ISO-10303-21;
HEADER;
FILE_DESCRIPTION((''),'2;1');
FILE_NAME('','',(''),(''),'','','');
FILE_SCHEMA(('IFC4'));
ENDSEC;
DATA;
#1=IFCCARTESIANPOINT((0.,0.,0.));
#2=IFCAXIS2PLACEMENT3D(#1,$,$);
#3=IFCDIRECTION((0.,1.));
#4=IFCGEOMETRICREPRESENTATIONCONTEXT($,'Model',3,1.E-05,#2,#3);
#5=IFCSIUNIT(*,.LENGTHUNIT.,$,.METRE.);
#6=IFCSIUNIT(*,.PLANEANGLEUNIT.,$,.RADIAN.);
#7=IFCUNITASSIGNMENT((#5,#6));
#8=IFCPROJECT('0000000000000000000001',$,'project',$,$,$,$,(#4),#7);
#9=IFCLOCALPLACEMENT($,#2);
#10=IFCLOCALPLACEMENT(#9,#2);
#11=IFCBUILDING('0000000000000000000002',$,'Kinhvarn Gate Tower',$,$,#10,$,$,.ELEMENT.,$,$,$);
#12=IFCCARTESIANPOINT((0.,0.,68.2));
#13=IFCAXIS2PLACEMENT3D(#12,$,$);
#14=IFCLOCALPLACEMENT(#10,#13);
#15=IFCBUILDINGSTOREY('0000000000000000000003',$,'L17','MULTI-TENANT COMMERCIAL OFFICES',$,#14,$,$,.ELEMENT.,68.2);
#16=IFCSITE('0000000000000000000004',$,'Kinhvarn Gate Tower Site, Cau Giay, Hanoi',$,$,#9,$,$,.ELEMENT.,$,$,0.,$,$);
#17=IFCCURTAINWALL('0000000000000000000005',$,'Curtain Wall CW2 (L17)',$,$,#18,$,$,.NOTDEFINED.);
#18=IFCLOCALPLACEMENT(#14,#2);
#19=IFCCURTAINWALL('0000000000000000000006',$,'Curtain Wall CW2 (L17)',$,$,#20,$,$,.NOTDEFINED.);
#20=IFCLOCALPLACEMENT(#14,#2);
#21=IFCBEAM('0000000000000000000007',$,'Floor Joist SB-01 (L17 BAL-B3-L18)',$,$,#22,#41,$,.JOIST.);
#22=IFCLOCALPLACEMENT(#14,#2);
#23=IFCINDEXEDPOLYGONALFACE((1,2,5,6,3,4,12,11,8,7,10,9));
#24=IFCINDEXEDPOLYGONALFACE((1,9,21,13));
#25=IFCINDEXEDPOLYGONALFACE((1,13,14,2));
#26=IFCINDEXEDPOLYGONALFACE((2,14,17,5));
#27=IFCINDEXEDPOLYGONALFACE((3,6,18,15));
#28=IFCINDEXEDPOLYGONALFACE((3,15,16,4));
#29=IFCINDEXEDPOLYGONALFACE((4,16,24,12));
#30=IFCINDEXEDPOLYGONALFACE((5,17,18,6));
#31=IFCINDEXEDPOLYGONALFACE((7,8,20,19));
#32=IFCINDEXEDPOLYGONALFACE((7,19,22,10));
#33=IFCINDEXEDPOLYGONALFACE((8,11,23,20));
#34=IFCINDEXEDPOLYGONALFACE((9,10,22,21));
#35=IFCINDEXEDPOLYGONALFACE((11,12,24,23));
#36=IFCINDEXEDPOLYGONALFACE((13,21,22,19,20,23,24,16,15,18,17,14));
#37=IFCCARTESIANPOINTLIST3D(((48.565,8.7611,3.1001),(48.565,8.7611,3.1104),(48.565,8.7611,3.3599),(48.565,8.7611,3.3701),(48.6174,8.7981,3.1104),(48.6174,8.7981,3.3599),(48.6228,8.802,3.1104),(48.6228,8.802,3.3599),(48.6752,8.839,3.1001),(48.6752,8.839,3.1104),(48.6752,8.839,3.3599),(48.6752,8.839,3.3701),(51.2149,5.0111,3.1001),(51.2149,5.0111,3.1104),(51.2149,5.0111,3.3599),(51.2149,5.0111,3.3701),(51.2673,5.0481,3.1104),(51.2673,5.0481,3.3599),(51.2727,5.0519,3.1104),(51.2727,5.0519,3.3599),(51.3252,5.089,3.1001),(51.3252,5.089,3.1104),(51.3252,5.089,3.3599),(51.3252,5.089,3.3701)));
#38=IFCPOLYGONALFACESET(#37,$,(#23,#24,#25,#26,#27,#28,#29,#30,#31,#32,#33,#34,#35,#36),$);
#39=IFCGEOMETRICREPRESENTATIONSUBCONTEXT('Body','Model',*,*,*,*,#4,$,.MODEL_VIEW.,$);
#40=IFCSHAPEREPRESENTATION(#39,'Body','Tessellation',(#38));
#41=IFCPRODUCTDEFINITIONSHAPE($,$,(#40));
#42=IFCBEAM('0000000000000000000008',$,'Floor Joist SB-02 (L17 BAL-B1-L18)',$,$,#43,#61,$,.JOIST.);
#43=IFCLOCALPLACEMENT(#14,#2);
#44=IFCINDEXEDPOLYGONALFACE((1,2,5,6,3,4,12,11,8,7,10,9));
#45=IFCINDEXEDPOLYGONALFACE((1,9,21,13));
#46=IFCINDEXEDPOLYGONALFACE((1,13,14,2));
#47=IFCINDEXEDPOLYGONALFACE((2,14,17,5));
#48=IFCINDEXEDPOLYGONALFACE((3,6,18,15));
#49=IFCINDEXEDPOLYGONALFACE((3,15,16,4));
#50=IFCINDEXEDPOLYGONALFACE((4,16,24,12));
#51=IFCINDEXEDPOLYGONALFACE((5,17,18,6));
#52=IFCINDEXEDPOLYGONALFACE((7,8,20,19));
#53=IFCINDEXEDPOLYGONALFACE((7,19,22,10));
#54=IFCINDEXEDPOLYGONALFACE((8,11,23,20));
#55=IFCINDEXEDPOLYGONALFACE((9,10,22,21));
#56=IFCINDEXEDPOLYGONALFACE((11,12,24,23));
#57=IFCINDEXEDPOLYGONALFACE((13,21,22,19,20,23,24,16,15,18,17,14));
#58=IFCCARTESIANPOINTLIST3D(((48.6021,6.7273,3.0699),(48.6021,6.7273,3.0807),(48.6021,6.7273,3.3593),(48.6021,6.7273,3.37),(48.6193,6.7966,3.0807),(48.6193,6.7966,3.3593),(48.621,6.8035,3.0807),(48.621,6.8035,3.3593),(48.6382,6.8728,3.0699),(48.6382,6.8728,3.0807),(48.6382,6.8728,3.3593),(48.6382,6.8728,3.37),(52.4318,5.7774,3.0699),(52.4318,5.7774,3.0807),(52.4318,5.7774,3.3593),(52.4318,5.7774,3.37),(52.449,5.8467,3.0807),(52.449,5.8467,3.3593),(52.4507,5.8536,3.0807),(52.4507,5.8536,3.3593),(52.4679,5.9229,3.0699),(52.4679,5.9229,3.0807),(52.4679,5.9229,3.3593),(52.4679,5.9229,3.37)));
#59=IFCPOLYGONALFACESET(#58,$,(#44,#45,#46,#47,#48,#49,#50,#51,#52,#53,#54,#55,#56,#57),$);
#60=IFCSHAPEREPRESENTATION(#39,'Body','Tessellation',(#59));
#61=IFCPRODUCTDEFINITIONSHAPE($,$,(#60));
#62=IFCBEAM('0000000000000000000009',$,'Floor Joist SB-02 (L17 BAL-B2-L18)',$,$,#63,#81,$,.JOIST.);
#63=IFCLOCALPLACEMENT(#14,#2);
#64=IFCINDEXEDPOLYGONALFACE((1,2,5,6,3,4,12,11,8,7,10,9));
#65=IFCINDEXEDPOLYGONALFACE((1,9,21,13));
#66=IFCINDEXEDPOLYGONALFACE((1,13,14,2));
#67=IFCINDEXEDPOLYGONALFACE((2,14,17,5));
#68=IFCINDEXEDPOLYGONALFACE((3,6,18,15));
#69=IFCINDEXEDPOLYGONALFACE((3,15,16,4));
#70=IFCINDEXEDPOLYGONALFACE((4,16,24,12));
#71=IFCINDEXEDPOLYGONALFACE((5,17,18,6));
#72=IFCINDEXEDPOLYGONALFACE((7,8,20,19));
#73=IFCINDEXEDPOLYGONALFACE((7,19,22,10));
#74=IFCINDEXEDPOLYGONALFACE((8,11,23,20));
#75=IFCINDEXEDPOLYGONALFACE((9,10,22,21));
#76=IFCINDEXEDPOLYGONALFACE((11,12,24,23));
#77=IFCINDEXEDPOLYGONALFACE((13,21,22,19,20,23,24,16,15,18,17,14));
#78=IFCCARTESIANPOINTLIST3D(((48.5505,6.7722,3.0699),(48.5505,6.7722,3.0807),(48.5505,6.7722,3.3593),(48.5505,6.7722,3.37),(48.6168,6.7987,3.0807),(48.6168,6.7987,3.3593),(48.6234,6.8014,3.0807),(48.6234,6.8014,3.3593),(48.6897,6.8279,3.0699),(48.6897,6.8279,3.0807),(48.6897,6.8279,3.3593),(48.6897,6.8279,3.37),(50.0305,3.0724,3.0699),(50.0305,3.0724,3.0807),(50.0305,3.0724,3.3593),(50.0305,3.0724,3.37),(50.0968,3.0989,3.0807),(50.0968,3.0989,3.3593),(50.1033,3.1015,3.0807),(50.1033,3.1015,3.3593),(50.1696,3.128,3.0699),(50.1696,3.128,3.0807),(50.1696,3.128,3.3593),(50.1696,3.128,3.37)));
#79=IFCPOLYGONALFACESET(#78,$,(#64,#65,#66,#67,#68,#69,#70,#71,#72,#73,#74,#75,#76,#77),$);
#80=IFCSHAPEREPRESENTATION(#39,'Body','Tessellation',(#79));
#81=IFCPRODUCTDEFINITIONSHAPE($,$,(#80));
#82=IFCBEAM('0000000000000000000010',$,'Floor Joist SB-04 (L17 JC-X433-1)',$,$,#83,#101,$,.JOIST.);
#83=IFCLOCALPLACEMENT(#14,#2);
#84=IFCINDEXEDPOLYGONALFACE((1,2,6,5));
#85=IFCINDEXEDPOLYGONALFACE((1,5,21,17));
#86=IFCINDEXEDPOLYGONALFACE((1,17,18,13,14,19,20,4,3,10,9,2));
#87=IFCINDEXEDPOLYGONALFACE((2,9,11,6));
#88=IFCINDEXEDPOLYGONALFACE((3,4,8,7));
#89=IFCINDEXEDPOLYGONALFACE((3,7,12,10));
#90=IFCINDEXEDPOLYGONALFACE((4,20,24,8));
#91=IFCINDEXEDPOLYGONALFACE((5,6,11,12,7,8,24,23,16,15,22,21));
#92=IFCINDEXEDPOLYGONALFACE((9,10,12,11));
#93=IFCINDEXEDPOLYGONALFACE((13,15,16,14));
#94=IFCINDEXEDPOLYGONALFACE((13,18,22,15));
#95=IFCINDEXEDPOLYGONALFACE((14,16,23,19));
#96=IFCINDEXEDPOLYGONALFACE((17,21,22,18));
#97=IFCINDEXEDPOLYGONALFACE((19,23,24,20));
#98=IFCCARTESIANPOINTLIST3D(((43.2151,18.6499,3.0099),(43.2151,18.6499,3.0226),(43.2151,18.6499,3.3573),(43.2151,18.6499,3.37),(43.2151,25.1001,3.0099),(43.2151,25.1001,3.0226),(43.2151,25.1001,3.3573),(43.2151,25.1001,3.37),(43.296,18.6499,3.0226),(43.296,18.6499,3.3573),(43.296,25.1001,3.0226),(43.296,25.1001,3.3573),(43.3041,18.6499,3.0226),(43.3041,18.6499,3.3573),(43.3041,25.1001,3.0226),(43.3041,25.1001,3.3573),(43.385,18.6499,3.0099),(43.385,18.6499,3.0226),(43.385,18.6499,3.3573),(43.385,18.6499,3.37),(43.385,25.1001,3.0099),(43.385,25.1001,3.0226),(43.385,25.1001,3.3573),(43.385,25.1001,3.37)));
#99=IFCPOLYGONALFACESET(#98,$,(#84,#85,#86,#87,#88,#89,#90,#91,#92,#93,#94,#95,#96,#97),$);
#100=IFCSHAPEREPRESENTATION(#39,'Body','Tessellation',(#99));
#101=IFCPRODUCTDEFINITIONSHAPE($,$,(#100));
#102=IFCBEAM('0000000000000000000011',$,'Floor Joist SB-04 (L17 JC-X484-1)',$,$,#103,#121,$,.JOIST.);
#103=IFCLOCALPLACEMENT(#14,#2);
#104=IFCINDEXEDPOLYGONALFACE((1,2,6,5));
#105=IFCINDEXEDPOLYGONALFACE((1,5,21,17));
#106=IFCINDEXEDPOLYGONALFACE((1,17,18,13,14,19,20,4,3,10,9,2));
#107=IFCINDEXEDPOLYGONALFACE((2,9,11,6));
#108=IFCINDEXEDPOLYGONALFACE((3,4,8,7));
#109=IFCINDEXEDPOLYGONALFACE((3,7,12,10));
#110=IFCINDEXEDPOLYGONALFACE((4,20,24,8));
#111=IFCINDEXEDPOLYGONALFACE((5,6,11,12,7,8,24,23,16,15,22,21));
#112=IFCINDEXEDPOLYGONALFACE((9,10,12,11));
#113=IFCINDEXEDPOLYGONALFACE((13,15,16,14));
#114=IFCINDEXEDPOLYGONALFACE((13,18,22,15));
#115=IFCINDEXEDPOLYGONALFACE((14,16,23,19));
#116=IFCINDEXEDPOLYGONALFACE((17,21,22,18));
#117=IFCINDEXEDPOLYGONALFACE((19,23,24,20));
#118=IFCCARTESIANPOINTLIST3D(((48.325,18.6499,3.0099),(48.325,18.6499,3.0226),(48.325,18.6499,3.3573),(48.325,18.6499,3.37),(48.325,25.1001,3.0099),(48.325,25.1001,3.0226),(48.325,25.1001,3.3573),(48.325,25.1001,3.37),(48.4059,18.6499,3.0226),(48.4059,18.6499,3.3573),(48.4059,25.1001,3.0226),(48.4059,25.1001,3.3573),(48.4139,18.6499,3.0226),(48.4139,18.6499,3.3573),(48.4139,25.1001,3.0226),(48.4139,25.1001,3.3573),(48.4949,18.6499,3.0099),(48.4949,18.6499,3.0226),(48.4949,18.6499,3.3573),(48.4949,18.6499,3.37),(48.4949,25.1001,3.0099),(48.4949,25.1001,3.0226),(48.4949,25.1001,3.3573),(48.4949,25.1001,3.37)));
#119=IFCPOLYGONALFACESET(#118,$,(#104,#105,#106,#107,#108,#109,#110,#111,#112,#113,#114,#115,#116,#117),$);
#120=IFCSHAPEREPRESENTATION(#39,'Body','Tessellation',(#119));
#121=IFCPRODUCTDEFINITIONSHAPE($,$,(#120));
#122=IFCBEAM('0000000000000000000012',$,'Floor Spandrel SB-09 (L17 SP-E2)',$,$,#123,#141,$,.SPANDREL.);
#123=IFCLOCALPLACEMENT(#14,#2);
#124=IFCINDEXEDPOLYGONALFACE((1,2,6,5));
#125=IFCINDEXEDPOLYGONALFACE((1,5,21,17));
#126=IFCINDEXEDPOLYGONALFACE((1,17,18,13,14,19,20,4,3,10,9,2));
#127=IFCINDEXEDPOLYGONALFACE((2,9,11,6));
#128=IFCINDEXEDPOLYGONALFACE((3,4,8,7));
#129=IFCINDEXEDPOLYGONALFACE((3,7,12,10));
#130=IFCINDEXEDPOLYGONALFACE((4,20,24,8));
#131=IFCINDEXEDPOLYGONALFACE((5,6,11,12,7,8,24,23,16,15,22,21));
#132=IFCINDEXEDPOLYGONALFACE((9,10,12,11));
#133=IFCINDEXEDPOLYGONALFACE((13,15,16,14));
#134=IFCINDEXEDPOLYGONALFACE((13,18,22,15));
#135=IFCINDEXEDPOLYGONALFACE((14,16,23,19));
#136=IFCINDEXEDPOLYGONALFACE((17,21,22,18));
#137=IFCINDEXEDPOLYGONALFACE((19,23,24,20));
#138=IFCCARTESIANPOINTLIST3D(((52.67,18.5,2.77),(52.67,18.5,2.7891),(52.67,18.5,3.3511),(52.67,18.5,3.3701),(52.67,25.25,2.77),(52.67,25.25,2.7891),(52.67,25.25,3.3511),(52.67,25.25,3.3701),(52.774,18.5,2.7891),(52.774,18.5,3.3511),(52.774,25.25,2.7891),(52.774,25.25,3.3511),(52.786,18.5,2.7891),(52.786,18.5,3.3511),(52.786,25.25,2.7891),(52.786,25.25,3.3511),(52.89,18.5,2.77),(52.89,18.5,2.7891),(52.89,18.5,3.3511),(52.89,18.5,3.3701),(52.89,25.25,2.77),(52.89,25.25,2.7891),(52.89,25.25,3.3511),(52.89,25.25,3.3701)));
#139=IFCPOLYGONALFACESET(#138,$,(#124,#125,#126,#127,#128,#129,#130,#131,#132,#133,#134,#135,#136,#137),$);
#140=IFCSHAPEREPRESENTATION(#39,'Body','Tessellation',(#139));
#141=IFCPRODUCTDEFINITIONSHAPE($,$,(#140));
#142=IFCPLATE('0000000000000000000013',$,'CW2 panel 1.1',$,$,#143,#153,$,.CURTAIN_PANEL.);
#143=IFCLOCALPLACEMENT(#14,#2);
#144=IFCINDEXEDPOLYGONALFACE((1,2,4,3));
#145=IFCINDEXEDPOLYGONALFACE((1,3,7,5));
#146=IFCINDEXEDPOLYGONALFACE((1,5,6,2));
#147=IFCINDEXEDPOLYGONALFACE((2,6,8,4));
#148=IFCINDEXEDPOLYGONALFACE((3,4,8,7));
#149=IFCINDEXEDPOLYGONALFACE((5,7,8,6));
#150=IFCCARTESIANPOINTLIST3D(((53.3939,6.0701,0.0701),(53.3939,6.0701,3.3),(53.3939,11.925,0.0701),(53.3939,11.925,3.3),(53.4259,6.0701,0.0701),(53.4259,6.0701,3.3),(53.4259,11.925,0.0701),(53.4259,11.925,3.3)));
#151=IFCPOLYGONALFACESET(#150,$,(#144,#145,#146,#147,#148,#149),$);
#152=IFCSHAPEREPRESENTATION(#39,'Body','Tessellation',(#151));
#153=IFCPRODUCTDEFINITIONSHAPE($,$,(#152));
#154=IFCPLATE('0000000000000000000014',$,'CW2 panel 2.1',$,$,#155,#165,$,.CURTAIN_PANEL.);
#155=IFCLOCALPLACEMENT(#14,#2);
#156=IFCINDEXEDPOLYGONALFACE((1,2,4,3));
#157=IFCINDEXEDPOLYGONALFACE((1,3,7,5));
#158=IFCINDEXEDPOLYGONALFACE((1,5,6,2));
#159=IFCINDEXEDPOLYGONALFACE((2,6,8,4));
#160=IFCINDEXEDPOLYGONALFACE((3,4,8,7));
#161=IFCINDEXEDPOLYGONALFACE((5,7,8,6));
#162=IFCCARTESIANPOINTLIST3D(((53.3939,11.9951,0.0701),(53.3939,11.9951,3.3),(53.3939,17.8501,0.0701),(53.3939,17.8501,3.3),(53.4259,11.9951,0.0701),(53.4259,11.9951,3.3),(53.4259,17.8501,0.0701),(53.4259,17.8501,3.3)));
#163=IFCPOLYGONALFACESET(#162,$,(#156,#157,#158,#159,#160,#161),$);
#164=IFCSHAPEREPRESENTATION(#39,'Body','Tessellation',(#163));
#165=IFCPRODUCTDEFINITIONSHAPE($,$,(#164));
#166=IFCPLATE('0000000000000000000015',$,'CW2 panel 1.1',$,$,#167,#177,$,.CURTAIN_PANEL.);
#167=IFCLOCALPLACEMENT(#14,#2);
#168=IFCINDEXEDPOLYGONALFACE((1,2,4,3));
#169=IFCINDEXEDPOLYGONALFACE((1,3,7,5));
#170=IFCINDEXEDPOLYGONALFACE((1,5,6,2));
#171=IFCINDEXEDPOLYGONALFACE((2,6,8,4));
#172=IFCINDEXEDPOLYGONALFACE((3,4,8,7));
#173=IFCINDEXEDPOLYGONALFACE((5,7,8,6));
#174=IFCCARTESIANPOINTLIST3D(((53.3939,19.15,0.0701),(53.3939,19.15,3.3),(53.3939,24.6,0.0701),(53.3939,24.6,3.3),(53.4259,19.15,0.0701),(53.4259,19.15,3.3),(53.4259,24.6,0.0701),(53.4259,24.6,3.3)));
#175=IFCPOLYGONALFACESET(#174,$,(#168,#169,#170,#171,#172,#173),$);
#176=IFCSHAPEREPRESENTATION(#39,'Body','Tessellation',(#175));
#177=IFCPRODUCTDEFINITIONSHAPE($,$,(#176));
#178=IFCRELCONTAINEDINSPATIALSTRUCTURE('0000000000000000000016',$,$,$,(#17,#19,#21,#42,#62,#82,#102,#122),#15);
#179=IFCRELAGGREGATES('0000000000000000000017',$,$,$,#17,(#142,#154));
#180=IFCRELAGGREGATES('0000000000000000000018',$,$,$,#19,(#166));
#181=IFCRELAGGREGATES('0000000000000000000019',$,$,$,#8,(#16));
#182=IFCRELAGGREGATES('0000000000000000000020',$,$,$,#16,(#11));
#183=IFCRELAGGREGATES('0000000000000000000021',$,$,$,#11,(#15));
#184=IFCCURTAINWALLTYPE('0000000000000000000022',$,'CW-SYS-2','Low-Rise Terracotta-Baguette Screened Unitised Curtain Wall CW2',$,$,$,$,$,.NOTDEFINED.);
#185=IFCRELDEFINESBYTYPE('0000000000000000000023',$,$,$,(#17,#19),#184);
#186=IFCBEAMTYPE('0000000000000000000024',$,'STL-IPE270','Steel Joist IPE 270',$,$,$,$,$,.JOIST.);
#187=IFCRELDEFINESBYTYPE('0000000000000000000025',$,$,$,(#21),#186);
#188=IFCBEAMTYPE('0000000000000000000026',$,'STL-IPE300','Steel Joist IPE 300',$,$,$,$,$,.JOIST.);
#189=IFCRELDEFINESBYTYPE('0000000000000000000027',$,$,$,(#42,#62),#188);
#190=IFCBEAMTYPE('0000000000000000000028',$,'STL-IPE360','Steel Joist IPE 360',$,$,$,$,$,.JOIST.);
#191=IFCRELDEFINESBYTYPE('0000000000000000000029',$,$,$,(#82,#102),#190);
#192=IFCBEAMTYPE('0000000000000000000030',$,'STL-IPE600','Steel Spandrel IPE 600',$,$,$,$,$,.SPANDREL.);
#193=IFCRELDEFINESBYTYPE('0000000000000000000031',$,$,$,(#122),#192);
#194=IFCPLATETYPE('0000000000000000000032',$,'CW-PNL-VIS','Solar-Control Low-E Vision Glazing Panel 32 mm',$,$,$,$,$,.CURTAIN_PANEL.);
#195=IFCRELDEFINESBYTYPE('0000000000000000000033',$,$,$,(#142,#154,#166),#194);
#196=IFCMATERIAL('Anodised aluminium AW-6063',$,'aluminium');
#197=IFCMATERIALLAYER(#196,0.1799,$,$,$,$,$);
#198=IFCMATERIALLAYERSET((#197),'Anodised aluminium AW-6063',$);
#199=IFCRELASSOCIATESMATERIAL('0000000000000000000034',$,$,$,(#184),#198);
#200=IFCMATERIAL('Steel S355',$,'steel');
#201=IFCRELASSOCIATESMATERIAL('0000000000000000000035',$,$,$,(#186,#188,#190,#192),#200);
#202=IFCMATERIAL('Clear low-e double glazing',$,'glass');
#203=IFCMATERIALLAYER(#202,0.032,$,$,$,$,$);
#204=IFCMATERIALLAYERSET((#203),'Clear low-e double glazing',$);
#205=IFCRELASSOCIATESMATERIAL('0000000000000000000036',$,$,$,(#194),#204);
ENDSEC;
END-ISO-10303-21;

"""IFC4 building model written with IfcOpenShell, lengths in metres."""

from ifc_helpers import new_model, si_unit, direction, frame, origin, origin_2d, place, context, subcontext, project, spatial, rectangle, i_section, extrude, material, layer, layer_set, material_profile, profile_set, type_object, element, aggregate, save


model = new_model("IFC4")

# Units and contexts
model_context = context("Model", 3, precision=1e-05, world=origin(), true_north=direction((0.0, 1.0)))
body_context = subcontext(model_context, "Body", "Model", "MODEL_VIEW")
ifc_project = project(units=[si_unit("LENGTHUNIT", "METRE"), si_unit("PLANEANGLEUNIT", "RADIAN")], contexts=[model_context])

# Site, building, storey
site_placement = place(None, origin())
site = spatial("IfcSite", under=ifc_project, at=site_placement, Name="Kinhvarn Gate Tower Site, Cau Giay, Hanoi", CompositionType="ELEMENT", RefElevation=0.0)
building_placement = place(site_placement, origin())
building = spatial("IfcBuilding", under=site, at=building_placement, Name="Kinhvarn Gate Tower", CompositionType="ELEMENT")
storey_placement = place(building_placement, frame((0.0, 0.0, 68.2)))
storey = spatial("IfcBuildingStorey", under=building, at=storey_placement, Name="L17", Description="MULTI-TENANT COMMERCIAL OFFICES", CompositionType="ELEMENT", Elevation=68.2)

# Curtain wall
ifc_material_1 = material(Name="Anodised aluminium AW-6063", Category="aluminium")
ifc_layer_1 = layer(ifc_material_1, 0.1799)
ifc_layer_set_1 = layer_set([ifc_layer_1], Name="Anodised aluminium AW-6063")
curtain_wall_type = type_object("IfcCurtainWallType", Name="CW-SYS-2", Description="Low-Rise Terracotta-Baguette Screened Unitised Curtain Wall CW2", PredefinedType="NOTDEFINED", material=ifc_layer_set_1)
curtain_wall_1_placement = place(storey_placement, origin())
curtain_wall_1 = element("IfcCurtainWall", 1, at=curtain_wall_1_placement, inside=storey, type_object=curtain_wall_type, Name="Curtain Wall CW2 (L17)", PredefinedType="NOTDEFINED")

# Curtain wall
curtain_wall_2_placement = place(storey_placement, origin())
curtain_wall_2 = element("IfcCurtainWall", 2, at=curtain_wall_2_placement, inside=storey, type_object=curtain_wall_type, Name="Curtain Wall CW2 (L17)", PredefinedType="NOTDEFINED")

# Beams
ifc_material_2 = material(Name="Steel S355", Category="steel")
ifc_material_profile_1 = material_profile(ifc_material_2, i_section(OverallWidth=0.135, OverallDepth=0.27, WebThickness=0.0066, FlangeThickness=0.0103, at=origin_2d()), Name="IPE 270")
ifc_profile_set_1 = profile_set([ifc_material_profile_1], Name="Steel S355")
beam_type_1 = type_object("IfcBeamType", Name="STL-IPE270", Description="Steel Joist IPE 270", PredefinedType="JOIST", material=ifc_profile_set_1)
beam_1_placement = place(storey_placement, frame((48.6201, 8.8, 3.2351), z_axis=(0.577096, -0.816676, 0.0), x_axis=(0.816676, 0.577096, 0.0)))
element("IfcBeam", 3, at=beam_1_placement, inside=storey, type_object=beam_type_1, Name="Floor Joist SB-01 (L17 BAL-B3-L18)", PredefinedType="JOIST", context=body_context, shape_type="SweptSolid", body=[
    extrude(i_section(OverallWidth=0.135, OverallDepth=0.27, WebThickness=0.0066, FlangeThickness=0.0103, at=origin_2d()), origin(), (0.0, 0.0, 1.0), 4.5918),
])
ifc_material_profile_2 = material_profile(ifc_material_2, i_section(OverallWidth=0.1499, OverallDepth=0.3, WebThickness=0.0071, FlangeThickness=0.0107, at=origin_2d()), Name="IPE 300")
ifc_profile_set_2 = profile_set([ifc_material_profile_2], Name="Steel S355")
beam_type_2 = type_object("IfcBeamType", Name="STL-IPE300", Description="Steel Joist IPE 300", PredefinedType="JOIST", material=ifc_profile_set_2)
beam_2_placement = place(storey_placement, frame((48.6201, 6.8, 3.22), z_axis=(0.970589, -0.240745, 0.0), x_axis=(0.240745, 0.970589, 0.0)))
element("IfcBeam", 4, at=beam_2_placement, inside=storey, type_object=beam_type_2, Name="Floor Joist SB-02 (L17 BAL-B1-L18)", PredefinedType="JOIST", context=body_context, shape_type="SweptSolid", body=[
    extrude(i_section(OverallWidth=0.1499, OverallDepth=0.3, WebThickness=0.0071, FlangeThickness=0.0107, at=origin_2d()), origin(), (0.0, 0.0, 1.0), 3.9458),
])
beam_3_placement = place(storey_placement, frame((48.6201, 6.8, 3.22), z_axis=(0.371391, -0.928477, 0.0), x_axis=(0.928477, 0.371391, 0.0)))
element("IfcBeam", 5, at=beam_3_placement, inside=storey, type_object=beam_type_2, Name="Floor Joist SB-02 (L17 BAL-B2-L18)", PredefinedType="JOIST", context=body_context, shape_type="SweptSolid", body=[
    extrude(i_section(OverallWidth=0.1499, OverallDepth=0.3, WebThickness=0.0071, FlangeThickness=0.0107, at=origin_2d()), origin(), (0.0, 0.0, 1.0), 3.9849),
])
ifc_material_profile_3 = material_profile(ifc_material_2, i_section(OverallWidth=0.1699, OverallDepth=0.3601, WebThickness=0.0081, FlangeThickness=0.0127, at=origin_2d()), Name="IPE 360")
ifc_profile_set_3 = profile_set([ifc_material_profile_3], Name="Steel S355")
beam_type_3 = type_object("IfcBeamType", Name="STL-IPE360", Description="Steel Joist IPE 360", PredefinedType="JOIST", material=ifc_profile_set_3)
for number, where, z_axis, x_axis, name in (
    (6, (43.3, 18.6499, 3.1899), (0.0, 1.0, 0.0), (-1.0, 0.0, 0.0), "Floor Joist SB-04 (L17 JC-X433-1)"),
    (7, (48.4099, 18.6499, 3.1899), (0.0, 1.0, 0.0), (-1.0, 0.0, 0.0), "Floor Joist SB-04 (L17 JC-X484-1)"),
):
    element("IfcBeam", number, at=place(storey_placement, frame(where, z_axis=z_axis, x_axis=x_axis)), inside=storey, type_object=beam_type_3, Name=name, PredefinedType="JOIST", context=body_context, shape_type="SweptSolid", body=[
        extrude(i_section(OverallWidth=0.1699, OverallDepth=0.3601, WebThickness=0.0081, FlangeThickness=0.0127, at=origin_2d()), origin(), (0.0, 0.0, 1.0), 6.4502),
    ])
ifc_material_profile_4 = material_profile(ifc_material_2, i_section(OverallWidth=0.22, OverallDepth=0.6001, WebThickness=0.012, FlangeThickness=0.019, at=origin_2d()), Name="IPE 600")
ifc_profile_set_4 = profile_set([ifc_material_profile_4], Name="Steel S355")
beam_type_4 = type_object("IfcBeamType", Name="STL-IPE600", Description="Steel Spandrel IPE 600", PredefinedType="SPANDREL", material=ifc_profile_set_4)
beam_4_placement = place(storey_placement, frame((52.78, 18.5, 3.0701), z_axis=(0.0, 1.0, 0.0), x_axis=(-1.0, 0.0, 0.0)))
element("IfcBeam", 8, at=beam_4_placement, inside=storey, type_object=beam_type_4, Name="Floor Spandrel SB-09 (L17 SP-E2)", PredefinedType="SPANDREL", context=body_context, shape_type="SweptSolid", body=[
    extrude(i_section(OverallWidth=0.22, OverallDepth=0.6001, WebThickness=0.012, FlangeThickness=0.019, at=origin_2d()), origin(), (0.0, 0.0, 1.0), 6.75),
])

# Plates
ifc_material_3 = material(Name="Clear low-e double glazing", Category="glass")
ifc_layer_2 = layer(ifc_material_3, 0.032)
ifc_layer_set_2 = layer_set([ifc_layer_2], Name="Clear low-e double glazing")
plate_type = type_object("IfcPlateType", Name="CW-PNL-VIS", Description="Solar-Control Low-E Vision Glazing Panel 32 mm", PredefinedType="CURTAIN_PANEL", material=ifc_layer_set_2)
plate_1_placement = place(storey_placement, frame((53.4099, 8.9976, 0.0701), z_axis=(0.0, 0.0, 1.0), x_axis=(0.0, 1.0, 0.0)))
plate_1 = element("IfcPlate", 9, at=plate_1_placement, type_object=plate_type, Name="CW2 panel 1.1", PredefinedType="CURTAIN_PANEL", context=body_context, shape_type="SweptSolid", body=[
    extrude(rectangle(XDim=5.855, YDim=0.032, at=origin_2d()), origin(), (0.0, 0.0, 1.0), 3.23),
])
plate_2_placement = place(storey_placement, frame((53.4099, 14.9226, 0.0701), z_axis=(0.0, 0.0, 1.0), x_axis=(0.0, 1.0, 0.0)))
plate_2 = element("IfcPlate", 10, at=plate_2_placement, type_object=plate_type, Name="CW2 panel 2.1", PredefinedType="CURTAIN_PANEL", context=body_context, shape_type="SweptSolid", body=[
    extrude(rectangle(XDim=5.855, YDim=0.032, at=origin_2d()), origin(), (0.0, 0.0, 1.0), 3.23),
])
aggregate(curtain_wall_1, [plate_1, plate_2])
plate_3_placement = place(storey_placement, frame((53.4099, 21.875, 0.0701), z_axis=(0.0, 0.0, 1.0), x_axis=(0.0, 1.0, 0.0)))
plate_3 = element("IfcPlate", 11, at=plate_3_placement, type_object=plate_type, Name="CW2 panel 1.1", PredefinedType="CURTAIN_PANEL", context=body_context, shape_type="SweptSolid", body=[
    extrude(rectangle(XDim=5.45, YDim=0.032, at=origin_2d()), origin(), (0.0, 0.0, 1.0), 3.23),
])
aggregate(curtain_wall_2, [plate_3])

save(model, "model.ifc")
